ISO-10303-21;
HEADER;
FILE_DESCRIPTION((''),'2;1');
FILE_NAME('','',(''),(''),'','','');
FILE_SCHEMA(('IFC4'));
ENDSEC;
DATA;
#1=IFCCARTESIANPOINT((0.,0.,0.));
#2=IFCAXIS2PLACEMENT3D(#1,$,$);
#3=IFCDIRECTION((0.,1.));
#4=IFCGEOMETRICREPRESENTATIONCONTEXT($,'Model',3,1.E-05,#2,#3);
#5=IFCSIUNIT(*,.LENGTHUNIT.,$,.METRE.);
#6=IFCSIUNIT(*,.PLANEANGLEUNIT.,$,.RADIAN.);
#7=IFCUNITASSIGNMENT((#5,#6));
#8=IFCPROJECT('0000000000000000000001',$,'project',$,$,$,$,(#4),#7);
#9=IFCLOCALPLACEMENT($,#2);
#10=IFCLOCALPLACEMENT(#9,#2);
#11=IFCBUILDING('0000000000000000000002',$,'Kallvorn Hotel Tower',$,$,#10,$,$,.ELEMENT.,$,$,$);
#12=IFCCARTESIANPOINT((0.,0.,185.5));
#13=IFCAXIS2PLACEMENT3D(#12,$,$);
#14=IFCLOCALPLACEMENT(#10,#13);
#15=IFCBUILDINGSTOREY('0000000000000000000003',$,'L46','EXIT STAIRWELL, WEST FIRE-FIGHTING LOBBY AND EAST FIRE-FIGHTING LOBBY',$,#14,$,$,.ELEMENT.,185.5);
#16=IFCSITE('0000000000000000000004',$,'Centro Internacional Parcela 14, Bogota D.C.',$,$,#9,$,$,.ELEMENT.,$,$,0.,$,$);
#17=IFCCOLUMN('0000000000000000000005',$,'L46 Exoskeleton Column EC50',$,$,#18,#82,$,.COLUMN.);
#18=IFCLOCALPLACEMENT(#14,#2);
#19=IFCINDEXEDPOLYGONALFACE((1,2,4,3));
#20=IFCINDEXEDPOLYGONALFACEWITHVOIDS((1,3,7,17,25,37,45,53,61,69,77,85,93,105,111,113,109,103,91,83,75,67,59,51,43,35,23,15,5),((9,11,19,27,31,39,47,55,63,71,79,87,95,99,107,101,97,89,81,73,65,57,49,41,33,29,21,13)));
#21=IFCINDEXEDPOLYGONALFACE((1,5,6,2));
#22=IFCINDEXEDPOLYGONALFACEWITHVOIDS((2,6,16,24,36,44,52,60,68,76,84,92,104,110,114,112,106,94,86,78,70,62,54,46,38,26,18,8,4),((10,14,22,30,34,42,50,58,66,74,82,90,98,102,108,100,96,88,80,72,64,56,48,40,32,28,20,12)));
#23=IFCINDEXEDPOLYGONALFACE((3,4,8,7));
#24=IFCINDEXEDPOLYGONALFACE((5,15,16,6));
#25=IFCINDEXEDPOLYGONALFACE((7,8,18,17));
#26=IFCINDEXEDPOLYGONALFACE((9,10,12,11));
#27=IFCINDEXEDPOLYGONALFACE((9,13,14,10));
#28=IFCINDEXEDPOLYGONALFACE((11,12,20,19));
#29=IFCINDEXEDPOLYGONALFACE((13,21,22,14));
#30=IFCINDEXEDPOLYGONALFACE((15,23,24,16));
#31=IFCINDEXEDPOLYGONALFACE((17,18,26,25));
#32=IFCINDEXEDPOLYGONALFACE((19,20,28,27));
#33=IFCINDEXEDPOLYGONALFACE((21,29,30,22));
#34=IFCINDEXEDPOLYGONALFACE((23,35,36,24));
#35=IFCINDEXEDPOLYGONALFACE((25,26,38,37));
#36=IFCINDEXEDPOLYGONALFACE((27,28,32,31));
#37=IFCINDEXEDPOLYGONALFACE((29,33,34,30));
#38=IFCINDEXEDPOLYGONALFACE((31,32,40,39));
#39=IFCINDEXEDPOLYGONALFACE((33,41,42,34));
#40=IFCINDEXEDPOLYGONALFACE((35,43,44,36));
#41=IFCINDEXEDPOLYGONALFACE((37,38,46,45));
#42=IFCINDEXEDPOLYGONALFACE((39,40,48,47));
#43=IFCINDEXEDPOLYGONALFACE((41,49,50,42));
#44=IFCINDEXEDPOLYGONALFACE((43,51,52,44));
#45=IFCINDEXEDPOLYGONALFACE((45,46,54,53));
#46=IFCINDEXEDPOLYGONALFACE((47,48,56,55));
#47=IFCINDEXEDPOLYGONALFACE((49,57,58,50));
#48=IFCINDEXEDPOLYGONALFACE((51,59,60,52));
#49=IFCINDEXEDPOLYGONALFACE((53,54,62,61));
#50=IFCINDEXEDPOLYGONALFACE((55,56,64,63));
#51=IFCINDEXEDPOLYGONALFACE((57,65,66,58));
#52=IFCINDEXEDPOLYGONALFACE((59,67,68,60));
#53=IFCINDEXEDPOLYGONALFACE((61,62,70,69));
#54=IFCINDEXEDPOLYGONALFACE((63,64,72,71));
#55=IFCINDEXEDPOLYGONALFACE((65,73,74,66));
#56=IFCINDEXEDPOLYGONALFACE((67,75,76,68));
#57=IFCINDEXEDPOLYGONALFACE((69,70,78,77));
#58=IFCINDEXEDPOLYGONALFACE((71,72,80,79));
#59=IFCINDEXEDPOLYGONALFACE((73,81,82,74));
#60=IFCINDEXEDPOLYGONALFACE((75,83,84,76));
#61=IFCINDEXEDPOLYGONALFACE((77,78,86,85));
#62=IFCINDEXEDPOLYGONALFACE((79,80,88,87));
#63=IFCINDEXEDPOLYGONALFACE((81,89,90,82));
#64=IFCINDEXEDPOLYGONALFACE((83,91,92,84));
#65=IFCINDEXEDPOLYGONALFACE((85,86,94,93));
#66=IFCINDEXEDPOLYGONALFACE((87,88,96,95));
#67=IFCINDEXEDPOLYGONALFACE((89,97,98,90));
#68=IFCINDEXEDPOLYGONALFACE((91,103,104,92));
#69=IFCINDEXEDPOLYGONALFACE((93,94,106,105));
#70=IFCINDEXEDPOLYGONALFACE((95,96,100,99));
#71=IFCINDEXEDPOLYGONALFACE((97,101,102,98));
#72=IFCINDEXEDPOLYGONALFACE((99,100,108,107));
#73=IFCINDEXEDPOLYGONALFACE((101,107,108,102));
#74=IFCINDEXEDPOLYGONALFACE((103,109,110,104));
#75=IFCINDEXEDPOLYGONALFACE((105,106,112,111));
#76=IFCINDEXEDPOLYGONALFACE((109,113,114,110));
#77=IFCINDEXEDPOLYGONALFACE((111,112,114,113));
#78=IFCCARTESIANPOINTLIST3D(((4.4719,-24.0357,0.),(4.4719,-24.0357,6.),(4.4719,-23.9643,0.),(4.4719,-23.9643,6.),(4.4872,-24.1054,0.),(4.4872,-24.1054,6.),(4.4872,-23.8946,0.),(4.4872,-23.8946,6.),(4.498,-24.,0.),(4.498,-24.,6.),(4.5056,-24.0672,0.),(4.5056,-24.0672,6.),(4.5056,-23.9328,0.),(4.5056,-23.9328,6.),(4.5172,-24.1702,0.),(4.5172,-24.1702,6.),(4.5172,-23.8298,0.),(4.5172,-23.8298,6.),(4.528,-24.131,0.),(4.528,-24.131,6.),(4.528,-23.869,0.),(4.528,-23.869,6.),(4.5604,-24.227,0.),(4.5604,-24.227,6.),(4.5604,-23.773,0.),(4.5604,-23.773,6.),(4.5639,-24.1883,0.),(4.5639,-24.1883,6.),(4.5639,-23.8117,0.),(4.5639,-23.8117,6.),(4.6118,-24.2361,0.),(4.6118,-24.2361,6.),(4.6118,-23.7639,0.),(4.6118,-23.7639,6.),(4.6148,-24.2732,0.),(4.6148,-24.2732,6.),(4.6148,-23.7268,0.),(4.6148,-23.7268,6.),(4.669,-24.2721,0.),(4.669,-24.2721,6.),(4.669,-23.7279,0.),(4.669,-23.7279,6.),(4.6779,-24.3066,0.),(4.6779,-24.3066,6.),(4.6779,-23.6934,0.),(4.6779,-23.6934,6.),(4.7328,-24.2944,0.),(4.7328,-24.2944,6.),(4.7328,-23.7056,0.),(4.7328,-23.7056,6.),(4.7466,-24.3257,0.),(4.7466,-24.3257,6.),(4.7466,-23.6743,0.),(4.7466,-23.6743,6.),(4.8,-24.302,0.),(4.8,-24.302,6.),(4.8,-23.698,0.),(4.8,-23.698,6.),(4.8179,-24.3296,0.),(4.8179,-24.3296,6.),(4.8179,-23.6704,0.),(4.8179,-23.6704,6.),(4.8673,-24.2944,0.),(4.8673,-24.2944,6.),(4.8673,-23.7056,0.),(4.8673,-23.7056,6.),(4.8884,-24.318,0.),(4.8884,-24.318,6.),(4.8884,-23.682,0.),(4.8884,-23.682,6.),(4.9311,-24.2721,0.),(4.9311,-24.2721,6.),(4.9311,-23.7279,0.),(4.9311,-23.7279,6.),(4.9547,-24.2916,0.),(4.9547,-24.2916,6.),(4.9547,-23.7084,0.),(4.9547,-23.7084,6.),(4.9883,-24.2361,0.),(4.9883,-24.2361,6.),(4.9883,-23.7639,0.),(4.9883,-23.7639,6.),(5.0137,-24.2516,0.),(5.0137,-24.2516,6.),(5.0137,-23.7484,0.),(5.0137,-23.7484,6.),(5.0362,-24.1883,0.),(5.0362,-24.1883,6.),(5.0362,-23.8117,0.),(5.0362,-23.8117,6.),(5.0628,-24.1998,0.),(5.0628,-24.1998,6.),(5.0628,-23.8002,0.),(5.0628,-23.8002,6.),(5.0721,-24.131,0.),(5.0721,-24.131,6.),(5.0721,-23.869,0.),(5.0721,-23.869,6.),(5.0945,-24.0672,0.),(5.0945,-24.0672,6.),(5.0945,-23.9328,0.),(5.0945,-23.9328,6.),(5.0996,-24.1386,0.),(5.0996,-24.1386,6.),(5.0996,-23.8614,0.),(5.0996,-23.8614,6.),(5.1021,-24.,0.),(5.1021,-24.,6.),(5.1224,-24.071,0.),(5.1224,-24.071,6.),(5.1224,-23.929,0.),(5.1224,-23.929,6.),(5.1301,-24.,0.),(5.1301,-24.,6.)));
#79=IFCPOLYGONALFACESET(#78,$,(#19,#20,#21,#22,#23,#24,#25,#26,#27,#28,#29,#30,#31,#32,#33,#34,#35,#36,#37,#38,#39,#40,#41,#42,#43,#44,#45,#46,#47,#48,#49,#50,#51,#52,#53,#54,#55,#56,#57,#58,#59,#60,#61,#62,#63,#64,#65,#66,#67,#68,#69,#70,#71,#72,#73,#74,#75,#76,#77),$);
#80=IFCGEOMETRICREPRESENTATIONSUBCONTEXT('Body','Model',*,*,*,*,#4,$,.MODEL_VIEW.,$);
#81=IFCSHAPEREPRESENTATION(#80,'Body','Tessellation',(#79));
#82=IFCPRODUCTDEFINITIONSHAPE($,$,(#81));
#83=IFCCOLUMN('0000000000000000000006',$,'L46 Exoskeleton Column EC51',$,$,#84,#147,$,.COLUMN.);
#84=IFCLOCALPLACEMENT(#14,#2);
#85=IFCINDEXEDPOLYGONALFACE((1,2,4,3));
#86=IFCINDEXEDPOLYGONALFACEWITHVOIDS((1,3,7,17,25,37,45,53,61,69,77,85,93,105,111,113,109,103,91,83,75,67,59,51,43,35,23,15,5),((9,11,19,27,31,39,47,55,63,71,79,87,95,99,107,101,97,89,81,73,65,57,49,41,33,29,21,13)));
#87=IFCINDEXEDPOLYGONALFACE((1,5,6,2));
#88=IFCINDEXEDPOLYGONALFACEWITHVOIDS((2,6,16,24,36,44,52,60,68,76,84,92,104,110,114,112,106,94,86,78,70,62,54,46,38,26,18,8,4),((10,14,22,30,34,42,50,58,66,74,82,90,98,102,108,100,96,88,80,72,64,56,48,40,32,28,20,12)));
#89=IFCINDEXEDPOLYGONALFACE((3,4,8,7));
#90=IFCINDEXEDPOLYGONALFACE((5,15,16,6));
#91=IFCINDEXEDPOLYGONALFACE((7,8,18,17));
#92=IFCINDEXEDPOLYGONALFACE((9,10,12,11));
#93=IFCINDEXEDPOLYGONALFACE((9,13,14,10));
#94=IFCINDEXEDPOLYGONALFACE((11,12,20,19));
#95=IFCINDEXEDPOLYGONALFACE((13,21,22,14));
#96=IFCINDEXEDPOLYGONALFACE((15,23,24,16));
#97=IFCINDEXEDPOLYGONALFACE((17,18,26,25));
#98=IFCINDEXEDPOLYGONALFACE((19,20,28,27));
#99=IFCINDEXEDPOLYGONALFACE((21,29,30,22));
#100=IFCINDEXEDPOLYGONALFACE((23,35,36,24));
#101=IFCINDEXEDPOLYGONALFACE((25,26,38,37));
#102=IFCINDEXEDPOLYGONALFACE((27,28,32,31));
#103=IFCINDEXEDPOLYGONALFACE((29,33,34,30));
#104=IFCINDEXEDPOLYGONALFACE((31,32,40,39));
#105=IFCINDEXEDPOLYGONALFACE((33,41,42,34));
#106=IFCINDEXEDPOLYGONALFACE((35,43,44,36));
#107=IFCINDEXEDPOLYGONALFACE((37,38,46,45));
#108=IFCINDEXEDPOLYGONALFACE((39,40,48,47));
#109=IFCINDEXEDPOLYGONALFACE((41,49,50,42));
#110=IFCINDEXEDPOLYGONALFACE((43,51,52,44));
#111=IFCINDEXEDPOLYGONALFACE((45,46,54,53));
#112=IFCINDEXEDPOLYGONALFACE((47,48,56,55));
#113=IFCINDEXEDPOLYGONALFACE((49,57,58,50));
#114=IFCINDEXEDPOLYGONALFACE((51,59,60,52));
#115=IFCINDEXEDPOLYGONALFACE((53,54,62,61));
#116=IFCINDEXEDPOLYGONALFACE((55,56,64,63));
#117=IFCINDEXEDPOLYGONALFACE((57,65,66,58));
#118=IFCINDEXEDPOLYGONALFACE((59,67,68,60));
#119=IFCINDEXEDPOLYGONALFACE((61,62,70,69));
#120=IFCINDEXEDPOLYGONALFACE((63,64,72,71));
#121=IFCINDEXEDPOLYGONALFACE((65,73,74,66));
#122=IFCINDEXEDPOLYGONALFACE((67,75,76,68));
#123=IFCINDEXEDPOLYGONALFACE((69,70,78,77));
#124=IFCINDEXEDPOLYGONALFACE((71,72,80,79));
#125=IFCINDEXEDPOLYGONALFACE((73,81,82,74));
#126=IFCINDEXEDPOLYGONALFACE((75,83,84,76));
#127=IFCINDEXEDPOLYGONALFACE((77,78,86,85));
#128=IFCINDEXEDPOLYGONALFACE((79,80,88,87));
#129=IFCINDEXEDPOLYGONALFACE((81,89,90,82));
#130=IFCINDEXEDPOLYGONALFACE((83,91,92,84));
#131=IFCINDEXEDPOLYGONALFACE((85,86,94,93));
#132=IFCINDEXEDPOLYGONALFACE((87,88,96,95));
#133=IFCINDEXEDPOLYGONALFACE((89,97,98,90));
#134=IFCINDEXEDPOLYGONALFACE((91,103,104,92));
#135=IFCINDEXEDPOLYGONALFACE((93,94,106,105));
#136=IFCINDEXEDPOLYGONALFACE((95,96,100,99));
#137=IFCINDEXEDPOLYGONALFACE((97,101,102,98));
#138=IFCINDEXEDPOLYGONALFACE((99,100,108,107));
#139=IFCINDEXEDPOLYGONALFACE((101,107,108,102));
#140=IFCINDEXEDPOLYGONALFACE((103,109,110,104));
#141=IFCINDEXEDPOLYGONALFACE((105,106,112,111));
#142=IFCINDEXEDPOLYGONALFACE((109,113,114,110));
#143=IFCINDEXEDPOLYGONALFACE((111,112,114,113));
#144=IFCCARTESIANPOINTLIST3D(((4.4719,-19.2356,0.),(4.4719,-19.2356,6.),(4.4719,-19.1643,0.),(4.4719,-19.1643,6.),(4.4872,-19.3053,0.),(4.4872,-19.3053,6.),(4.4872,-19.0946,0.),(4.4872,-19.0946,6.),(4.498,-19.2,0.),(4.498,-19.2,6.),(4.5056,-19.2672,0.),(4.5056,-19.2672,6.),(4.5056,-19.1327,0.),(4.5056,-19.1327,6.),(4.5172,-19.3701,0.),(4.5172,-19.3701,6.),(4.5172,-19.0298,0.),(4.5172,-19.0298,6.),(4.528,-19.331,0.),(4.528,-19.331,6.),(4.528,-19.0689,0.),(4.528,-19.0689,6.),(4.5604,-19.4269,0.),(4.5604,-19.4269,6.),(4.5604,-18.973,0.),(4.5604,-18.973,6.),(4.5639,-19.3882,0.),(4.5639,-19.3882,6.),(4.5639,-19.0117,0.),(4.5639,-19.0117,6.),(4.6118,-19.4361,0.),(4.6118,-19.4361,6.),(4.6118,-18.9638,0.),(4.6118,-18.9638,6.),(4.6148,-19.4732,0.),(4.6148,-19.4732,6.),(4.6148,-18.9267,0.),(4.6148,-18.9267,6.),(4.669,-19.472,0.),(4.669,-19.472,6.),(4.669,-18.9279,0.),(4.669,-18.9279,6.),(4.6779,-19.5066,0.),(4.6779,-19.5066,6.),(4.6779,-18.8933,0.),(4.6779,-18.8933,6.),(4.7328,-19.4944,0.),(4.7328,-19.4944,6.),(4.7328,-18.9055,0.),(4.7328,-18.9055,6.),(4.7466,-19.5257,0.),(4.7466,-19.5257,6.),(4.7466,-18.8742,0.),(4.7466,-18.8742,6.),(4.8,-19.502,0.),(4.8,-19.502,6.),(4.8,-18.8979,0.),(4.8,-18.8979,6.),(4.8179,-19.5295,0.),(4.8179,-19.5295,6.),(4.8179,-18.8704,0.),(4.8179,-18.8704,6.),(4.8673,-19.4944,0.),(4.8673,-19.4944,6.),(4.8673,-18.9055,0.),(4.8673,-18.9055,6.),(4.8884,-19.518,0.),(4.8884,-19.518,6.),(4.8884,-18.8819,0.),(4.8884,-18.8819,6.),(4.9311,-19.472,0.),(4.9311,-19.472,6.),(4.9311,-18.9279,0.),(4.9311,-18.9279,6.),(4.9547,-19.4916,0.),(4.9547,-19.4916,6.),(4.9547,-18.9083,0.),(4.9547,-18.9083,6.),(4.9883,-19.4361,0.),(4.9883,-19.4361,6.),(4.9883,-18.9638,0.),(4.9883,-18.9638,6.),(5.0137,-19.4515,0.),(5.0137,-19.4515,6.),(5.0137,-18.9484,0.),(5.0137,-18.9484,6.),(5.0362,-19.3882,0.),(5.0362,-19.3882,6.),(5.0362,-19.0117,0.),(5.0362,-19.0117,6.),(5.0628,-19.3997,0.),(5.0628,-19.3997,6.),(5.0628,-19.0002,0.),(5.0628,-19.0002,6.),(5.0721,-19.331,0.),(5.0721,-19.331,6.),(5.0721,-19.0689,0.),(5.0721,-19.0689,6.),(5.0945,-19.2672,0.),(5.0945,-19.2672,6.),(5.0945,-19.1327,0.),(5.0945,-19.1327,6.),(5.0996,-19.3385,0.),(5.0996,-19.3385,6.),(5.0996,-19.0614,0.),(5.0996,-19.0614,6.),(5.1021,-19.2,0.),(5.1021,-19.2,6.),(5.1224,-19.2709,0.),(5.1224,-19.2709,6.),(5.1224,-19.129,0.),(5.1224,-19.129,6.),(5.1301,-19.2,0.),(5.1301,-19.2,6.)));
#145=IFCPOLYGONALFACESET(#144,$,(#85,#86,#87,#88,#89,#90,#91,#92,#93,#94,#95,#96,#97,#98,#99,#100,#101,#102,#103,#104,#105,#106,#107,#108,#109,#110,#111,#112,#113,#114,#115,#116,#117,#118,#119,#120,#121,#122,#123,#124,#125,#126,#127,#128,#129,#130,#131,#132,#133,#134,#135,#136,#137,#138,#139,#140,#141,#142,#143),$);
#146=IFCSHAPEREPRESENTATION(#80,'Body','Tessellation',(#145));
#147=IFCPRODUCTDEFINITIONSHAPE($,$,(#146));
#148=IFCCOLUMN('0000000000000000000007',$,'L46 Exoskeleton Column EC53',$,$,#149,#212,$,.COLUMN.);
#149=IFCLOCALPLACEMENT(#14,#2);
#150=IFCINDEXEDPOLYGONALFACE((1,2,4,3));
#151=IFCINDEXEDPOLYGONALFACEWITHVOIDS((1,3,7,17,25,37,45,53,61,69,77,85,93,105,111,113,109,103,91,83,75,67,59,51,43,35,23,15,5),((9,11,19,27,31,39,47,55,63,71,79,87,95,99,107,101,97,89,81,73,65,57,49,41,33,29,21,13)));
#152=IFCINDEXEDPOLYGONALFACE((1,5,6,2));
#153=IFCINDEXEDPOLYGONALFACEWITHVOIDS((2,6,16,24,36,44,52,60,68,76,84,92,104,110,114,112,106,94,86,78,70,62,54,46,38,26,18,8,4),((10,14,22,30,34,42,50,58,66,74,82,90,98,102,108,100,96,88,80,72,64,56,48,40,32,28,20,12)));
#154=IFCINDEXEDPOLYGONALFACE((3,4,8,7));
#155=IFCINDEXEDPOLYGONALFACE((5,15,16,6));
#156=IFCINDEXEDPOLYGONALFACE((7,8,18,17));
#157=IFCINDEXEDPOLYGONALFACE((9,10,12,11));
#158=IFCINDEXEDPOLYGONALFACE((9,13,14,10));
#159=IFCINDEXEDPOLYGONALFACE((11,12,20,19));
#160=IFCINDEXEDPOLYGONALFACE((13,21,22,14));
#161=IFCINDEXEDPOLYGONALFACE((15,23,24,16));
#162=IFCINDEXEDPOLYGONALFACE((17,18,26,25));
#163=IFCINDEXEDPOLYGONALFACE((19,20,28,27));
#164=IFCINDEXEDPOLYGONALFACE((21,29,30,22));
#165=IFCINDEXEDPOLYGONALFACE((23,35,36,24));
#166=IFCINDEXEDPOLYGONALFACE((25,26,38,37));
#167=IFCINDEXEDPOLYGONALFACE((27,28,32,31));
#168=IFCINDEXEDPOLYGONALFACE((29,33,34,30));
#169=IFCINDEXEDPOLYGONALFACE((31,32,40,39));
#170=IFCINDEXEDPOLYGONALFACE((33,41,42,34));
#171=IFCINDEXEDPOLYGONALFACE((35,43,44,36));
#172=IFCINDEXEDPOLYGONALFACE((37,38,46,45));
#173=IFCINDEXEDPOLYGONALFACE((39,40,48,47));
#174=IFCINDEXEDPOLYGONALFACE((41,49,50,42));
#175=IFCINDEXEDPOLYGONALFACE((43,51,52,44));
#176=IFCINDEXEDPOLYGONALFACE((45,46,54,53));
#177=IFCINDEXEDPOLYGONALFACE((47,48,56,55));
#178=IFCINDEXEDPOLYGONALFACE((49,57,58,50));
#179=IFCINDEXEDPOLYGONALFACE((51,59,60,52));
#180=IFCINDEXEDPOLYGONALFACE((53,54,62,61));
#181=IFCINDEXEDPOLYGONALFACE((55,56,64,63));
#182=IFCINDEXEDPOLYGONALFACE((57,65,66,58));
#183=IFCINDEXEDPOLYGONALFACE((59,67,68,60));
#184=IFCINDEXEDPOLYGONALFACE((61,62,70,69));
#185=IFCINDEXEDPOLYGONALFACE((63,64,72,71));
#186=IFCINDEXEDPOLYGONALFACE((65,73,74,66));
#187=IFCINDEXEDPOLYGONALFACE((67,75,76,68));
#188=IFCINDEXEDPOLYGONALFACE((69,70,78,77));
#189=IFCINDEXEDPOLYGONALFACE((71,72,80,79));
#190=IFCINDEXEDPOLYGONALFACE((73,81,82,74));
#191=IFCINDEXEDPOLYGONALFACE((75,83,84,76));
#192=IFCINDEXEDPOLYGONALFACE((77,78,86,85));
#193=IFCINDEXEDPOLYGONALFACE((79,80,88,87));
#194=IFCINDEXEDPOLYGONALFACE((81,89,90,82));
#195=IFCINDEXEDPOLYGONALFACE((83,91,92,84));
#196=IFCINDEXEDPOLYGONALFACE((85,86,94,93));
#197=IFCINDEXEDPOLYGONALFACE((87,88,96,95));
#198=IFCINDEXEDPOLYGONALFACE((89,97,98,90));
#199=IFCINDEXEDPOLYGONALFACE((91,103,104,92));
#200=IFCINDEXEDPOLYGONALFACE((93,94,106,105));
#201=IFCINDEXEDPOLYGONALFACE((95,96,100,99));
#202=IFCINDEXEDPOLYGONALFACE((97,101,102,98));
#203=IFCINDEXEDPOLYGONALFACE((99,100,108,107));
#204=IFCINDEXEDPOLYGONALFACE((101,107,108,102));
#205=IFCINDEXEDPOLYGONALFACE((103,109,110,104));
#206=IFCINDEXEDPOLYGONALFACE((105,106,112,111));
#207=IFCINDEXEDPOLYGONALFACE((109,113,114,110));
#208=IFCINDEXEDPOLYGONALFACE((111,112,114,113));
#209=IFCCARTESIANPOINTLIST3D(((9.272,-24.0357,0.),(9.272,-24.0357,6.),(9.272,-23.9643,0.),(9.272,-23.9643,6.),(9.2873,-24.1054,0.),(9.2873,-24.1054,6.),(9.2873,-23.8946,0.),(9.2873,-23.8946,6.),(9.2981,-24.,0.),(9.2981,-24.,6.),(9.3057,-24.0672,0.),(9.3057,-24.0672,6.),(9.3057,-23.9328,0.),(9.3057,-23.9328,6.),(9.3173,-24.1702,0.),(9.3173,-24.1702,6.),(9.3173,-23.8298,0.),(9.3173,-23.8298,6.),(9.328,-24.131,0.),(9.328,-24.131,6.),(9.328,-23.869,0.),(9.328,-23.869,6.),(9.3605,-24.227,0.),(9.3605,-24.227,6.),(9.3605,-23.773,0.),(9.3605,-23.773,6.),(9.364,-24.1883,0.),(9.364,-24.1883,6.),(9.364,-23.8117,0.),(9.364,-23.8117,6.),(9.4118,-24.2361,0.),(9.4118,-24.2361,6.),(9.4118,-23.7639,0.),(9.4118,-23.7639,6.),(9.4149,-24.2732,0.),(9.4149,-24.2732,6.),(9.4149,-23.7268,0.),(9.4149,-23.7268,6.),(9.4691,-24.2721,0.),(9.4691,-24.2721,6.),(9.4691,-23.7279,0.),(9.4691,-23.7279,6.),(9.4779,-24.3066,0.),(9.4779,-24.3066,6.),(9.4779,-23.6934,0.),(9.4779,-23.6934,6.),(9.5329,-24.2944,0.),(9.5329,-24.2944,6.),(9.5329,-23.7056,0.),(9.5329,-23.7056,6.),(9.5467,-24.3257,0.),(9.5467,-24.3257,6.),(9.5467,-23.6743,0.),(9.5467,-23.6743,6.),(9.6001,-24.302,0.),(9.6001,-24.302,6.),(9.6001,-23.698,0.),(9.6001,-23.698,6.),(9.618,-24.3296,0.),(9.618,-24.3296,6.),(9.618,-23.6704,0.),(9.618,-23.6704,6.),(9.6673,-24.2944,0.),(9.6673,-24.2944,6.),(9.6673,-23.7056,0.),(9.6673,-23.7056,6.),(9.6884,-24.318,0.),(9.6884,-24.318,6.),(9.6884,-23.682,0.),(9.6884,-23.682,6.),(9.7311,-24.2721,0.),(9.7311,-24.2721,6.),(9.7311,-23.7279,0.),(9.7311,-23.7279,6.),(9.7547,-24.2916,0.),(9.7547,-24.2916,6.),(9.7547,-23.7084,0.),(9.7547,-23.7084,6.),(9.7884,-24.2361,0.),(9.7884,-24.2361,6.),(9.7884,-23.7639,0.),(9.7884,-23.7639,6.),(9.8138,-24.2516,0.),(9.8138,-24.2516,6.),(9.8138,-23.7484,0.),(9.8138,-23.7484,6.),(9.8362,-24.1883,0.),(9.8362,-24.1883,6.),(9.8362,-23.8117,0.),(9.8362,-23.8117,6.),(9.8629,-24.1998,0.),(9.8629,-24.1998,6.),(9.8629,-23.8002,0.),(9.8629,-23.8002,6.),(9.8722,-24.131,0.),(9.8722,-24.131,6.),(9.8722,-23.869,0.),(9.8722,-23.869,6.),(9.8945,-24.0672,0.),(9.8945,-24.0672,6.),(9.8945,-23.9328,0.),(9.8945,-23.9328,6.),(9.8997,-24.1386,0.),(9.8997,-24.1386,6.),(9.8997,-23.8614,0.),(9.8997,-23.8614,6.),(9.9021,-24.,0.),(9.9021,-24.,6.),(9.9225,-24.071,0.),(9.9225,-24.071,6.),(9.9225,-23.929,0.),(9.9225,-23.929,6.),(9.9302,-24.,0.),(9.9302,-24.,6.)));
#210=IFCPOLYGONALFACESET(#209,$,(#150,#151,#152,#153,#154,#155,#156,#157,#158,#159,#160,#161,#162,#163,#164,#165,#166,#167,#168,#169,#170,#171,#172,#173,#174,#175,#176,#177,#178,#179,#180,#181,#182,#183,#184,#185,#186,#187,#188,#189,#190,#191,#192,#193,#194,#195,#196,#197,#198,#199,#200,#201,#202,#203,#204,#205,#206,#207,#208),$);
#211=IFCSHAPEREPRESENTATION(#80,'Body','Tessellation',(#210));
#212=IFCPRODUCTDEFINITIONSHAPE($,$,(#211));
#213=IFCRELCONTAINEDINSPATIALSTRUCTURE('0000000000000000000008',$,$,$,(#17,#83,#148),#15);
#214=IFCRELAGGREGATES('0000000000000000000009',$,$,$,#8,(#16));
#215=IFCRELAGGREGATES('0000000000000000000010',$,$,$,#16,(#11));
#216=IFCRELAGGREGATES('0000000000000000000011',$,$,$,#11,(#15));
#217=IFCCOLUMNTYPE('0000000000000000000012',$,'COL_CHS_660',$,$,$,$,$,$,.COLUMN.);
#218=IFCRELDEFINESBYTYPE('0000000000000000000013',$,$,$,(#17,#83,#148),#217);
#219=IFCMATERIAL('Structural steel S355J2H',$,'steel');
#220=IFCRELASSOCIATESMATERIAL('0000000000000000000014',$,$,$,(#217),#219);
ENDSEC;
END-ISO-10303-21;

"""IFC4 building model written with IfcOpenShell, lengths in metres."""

from ifc_helpers import new_model, si_unit, direction, frame, origin, origin_2d, place, context, subcontext, project, spatial, hollow_circle, extrude, material, material_profile, profile_set, type_object, element, save


model = new_model("IFC4")

# Units and contexts
model_context = context("Model", 3, precision=1e-05, world=origin(), true_north=direction((0.0, 1.0)))
body_context = subcontext(model_context, "Body", "Model", "MODEL_VIEW")
ifc_project = project(units=[si_unit("LENGTHUNIT", "METRE"), si_unit("PLANEANGLEUNIT", "RADIAN")], contexts=[model_context])

# Site, building, storey
site_placement = place(None, origin())
site = spatial("IfcSite", under=ifc_project, at=site_placement, Name="Centro Internacional Parcela 14, Bogota D.C.", CompositionType="ELEMENT", RefElevation=0.0)
building_placement = place(site_placement, origin())
building = spatial("IfcBuilding", under=site, at=building_placement, Name="Kallvorn Hotel Tower", CompositionType="ELEMENT")
storey_placement = place(building_placement, frame((0.0, 0.0, 185.5)))
storey = spatial("IfcBuildingStorey", under=building, at=storey_placement, Name="L46", Description="EXIT STAIRWELL, WEST FIRE-FIGHTING LOBBY AND EAST FIRE-FIGHTING LOBBY", CompositionType="ELEMENT", Elevation=185.5)

# Columns
ifc_material_1 = material(Name="Structural steel S355J2H", Category="steel")
ifc_material_profile_1 = material_profile(ifc_material_1, hollow_circle(Radius=0.3301, WallThickness=0.0281, at=origin_2d()), Name="CHS 660x28")
ifc_profile_set_1 = profile_set([ifc_material_profile_1], Name="Structural steel S355J2H")
column_type_1 = type_object("IfcColumnType", Name="COL_CHS_660", PredefinedType="COLUMN", material=ifc_profile_set_1)
for number, where, z_axis, x_axis, name in (
    (1, (4.8, -24.0, 0.0), (0.0, 0.0, 1.0), (1.0, 0.0, 0.0), "L46 Exoskeleton Column EC50"),
    (2, (4.8, -19.2, 0.0), (0.0, 0.0, 1.0), (1.0, 0.0, 0.0), "L46 Exoskeleton Column EC51"),
    (3, (9.6001, -24.0, 0.0), (0.0, 0.0, 1.0), (1.0, 0.0, 0.0), "L46 Exoskeleton Column EC53"),
):
    element("IfcColumn", number, at=place(storey_placement, frame(where, z_axis=z_axis, x_axis=x_axis)), inside=storey, type_object=column_type_1, Name=name, PredefinedType="COLUMN", context=body_context, shape_type="SweptSolid", body=[
        extrude(hollow_circle(Radius=0.3301, WallThickness=0.0281, at=origin_2d()), origin(), (0.0, 0.0, 1.0), 6.0),
    ])

save(model, "model.ifc")
